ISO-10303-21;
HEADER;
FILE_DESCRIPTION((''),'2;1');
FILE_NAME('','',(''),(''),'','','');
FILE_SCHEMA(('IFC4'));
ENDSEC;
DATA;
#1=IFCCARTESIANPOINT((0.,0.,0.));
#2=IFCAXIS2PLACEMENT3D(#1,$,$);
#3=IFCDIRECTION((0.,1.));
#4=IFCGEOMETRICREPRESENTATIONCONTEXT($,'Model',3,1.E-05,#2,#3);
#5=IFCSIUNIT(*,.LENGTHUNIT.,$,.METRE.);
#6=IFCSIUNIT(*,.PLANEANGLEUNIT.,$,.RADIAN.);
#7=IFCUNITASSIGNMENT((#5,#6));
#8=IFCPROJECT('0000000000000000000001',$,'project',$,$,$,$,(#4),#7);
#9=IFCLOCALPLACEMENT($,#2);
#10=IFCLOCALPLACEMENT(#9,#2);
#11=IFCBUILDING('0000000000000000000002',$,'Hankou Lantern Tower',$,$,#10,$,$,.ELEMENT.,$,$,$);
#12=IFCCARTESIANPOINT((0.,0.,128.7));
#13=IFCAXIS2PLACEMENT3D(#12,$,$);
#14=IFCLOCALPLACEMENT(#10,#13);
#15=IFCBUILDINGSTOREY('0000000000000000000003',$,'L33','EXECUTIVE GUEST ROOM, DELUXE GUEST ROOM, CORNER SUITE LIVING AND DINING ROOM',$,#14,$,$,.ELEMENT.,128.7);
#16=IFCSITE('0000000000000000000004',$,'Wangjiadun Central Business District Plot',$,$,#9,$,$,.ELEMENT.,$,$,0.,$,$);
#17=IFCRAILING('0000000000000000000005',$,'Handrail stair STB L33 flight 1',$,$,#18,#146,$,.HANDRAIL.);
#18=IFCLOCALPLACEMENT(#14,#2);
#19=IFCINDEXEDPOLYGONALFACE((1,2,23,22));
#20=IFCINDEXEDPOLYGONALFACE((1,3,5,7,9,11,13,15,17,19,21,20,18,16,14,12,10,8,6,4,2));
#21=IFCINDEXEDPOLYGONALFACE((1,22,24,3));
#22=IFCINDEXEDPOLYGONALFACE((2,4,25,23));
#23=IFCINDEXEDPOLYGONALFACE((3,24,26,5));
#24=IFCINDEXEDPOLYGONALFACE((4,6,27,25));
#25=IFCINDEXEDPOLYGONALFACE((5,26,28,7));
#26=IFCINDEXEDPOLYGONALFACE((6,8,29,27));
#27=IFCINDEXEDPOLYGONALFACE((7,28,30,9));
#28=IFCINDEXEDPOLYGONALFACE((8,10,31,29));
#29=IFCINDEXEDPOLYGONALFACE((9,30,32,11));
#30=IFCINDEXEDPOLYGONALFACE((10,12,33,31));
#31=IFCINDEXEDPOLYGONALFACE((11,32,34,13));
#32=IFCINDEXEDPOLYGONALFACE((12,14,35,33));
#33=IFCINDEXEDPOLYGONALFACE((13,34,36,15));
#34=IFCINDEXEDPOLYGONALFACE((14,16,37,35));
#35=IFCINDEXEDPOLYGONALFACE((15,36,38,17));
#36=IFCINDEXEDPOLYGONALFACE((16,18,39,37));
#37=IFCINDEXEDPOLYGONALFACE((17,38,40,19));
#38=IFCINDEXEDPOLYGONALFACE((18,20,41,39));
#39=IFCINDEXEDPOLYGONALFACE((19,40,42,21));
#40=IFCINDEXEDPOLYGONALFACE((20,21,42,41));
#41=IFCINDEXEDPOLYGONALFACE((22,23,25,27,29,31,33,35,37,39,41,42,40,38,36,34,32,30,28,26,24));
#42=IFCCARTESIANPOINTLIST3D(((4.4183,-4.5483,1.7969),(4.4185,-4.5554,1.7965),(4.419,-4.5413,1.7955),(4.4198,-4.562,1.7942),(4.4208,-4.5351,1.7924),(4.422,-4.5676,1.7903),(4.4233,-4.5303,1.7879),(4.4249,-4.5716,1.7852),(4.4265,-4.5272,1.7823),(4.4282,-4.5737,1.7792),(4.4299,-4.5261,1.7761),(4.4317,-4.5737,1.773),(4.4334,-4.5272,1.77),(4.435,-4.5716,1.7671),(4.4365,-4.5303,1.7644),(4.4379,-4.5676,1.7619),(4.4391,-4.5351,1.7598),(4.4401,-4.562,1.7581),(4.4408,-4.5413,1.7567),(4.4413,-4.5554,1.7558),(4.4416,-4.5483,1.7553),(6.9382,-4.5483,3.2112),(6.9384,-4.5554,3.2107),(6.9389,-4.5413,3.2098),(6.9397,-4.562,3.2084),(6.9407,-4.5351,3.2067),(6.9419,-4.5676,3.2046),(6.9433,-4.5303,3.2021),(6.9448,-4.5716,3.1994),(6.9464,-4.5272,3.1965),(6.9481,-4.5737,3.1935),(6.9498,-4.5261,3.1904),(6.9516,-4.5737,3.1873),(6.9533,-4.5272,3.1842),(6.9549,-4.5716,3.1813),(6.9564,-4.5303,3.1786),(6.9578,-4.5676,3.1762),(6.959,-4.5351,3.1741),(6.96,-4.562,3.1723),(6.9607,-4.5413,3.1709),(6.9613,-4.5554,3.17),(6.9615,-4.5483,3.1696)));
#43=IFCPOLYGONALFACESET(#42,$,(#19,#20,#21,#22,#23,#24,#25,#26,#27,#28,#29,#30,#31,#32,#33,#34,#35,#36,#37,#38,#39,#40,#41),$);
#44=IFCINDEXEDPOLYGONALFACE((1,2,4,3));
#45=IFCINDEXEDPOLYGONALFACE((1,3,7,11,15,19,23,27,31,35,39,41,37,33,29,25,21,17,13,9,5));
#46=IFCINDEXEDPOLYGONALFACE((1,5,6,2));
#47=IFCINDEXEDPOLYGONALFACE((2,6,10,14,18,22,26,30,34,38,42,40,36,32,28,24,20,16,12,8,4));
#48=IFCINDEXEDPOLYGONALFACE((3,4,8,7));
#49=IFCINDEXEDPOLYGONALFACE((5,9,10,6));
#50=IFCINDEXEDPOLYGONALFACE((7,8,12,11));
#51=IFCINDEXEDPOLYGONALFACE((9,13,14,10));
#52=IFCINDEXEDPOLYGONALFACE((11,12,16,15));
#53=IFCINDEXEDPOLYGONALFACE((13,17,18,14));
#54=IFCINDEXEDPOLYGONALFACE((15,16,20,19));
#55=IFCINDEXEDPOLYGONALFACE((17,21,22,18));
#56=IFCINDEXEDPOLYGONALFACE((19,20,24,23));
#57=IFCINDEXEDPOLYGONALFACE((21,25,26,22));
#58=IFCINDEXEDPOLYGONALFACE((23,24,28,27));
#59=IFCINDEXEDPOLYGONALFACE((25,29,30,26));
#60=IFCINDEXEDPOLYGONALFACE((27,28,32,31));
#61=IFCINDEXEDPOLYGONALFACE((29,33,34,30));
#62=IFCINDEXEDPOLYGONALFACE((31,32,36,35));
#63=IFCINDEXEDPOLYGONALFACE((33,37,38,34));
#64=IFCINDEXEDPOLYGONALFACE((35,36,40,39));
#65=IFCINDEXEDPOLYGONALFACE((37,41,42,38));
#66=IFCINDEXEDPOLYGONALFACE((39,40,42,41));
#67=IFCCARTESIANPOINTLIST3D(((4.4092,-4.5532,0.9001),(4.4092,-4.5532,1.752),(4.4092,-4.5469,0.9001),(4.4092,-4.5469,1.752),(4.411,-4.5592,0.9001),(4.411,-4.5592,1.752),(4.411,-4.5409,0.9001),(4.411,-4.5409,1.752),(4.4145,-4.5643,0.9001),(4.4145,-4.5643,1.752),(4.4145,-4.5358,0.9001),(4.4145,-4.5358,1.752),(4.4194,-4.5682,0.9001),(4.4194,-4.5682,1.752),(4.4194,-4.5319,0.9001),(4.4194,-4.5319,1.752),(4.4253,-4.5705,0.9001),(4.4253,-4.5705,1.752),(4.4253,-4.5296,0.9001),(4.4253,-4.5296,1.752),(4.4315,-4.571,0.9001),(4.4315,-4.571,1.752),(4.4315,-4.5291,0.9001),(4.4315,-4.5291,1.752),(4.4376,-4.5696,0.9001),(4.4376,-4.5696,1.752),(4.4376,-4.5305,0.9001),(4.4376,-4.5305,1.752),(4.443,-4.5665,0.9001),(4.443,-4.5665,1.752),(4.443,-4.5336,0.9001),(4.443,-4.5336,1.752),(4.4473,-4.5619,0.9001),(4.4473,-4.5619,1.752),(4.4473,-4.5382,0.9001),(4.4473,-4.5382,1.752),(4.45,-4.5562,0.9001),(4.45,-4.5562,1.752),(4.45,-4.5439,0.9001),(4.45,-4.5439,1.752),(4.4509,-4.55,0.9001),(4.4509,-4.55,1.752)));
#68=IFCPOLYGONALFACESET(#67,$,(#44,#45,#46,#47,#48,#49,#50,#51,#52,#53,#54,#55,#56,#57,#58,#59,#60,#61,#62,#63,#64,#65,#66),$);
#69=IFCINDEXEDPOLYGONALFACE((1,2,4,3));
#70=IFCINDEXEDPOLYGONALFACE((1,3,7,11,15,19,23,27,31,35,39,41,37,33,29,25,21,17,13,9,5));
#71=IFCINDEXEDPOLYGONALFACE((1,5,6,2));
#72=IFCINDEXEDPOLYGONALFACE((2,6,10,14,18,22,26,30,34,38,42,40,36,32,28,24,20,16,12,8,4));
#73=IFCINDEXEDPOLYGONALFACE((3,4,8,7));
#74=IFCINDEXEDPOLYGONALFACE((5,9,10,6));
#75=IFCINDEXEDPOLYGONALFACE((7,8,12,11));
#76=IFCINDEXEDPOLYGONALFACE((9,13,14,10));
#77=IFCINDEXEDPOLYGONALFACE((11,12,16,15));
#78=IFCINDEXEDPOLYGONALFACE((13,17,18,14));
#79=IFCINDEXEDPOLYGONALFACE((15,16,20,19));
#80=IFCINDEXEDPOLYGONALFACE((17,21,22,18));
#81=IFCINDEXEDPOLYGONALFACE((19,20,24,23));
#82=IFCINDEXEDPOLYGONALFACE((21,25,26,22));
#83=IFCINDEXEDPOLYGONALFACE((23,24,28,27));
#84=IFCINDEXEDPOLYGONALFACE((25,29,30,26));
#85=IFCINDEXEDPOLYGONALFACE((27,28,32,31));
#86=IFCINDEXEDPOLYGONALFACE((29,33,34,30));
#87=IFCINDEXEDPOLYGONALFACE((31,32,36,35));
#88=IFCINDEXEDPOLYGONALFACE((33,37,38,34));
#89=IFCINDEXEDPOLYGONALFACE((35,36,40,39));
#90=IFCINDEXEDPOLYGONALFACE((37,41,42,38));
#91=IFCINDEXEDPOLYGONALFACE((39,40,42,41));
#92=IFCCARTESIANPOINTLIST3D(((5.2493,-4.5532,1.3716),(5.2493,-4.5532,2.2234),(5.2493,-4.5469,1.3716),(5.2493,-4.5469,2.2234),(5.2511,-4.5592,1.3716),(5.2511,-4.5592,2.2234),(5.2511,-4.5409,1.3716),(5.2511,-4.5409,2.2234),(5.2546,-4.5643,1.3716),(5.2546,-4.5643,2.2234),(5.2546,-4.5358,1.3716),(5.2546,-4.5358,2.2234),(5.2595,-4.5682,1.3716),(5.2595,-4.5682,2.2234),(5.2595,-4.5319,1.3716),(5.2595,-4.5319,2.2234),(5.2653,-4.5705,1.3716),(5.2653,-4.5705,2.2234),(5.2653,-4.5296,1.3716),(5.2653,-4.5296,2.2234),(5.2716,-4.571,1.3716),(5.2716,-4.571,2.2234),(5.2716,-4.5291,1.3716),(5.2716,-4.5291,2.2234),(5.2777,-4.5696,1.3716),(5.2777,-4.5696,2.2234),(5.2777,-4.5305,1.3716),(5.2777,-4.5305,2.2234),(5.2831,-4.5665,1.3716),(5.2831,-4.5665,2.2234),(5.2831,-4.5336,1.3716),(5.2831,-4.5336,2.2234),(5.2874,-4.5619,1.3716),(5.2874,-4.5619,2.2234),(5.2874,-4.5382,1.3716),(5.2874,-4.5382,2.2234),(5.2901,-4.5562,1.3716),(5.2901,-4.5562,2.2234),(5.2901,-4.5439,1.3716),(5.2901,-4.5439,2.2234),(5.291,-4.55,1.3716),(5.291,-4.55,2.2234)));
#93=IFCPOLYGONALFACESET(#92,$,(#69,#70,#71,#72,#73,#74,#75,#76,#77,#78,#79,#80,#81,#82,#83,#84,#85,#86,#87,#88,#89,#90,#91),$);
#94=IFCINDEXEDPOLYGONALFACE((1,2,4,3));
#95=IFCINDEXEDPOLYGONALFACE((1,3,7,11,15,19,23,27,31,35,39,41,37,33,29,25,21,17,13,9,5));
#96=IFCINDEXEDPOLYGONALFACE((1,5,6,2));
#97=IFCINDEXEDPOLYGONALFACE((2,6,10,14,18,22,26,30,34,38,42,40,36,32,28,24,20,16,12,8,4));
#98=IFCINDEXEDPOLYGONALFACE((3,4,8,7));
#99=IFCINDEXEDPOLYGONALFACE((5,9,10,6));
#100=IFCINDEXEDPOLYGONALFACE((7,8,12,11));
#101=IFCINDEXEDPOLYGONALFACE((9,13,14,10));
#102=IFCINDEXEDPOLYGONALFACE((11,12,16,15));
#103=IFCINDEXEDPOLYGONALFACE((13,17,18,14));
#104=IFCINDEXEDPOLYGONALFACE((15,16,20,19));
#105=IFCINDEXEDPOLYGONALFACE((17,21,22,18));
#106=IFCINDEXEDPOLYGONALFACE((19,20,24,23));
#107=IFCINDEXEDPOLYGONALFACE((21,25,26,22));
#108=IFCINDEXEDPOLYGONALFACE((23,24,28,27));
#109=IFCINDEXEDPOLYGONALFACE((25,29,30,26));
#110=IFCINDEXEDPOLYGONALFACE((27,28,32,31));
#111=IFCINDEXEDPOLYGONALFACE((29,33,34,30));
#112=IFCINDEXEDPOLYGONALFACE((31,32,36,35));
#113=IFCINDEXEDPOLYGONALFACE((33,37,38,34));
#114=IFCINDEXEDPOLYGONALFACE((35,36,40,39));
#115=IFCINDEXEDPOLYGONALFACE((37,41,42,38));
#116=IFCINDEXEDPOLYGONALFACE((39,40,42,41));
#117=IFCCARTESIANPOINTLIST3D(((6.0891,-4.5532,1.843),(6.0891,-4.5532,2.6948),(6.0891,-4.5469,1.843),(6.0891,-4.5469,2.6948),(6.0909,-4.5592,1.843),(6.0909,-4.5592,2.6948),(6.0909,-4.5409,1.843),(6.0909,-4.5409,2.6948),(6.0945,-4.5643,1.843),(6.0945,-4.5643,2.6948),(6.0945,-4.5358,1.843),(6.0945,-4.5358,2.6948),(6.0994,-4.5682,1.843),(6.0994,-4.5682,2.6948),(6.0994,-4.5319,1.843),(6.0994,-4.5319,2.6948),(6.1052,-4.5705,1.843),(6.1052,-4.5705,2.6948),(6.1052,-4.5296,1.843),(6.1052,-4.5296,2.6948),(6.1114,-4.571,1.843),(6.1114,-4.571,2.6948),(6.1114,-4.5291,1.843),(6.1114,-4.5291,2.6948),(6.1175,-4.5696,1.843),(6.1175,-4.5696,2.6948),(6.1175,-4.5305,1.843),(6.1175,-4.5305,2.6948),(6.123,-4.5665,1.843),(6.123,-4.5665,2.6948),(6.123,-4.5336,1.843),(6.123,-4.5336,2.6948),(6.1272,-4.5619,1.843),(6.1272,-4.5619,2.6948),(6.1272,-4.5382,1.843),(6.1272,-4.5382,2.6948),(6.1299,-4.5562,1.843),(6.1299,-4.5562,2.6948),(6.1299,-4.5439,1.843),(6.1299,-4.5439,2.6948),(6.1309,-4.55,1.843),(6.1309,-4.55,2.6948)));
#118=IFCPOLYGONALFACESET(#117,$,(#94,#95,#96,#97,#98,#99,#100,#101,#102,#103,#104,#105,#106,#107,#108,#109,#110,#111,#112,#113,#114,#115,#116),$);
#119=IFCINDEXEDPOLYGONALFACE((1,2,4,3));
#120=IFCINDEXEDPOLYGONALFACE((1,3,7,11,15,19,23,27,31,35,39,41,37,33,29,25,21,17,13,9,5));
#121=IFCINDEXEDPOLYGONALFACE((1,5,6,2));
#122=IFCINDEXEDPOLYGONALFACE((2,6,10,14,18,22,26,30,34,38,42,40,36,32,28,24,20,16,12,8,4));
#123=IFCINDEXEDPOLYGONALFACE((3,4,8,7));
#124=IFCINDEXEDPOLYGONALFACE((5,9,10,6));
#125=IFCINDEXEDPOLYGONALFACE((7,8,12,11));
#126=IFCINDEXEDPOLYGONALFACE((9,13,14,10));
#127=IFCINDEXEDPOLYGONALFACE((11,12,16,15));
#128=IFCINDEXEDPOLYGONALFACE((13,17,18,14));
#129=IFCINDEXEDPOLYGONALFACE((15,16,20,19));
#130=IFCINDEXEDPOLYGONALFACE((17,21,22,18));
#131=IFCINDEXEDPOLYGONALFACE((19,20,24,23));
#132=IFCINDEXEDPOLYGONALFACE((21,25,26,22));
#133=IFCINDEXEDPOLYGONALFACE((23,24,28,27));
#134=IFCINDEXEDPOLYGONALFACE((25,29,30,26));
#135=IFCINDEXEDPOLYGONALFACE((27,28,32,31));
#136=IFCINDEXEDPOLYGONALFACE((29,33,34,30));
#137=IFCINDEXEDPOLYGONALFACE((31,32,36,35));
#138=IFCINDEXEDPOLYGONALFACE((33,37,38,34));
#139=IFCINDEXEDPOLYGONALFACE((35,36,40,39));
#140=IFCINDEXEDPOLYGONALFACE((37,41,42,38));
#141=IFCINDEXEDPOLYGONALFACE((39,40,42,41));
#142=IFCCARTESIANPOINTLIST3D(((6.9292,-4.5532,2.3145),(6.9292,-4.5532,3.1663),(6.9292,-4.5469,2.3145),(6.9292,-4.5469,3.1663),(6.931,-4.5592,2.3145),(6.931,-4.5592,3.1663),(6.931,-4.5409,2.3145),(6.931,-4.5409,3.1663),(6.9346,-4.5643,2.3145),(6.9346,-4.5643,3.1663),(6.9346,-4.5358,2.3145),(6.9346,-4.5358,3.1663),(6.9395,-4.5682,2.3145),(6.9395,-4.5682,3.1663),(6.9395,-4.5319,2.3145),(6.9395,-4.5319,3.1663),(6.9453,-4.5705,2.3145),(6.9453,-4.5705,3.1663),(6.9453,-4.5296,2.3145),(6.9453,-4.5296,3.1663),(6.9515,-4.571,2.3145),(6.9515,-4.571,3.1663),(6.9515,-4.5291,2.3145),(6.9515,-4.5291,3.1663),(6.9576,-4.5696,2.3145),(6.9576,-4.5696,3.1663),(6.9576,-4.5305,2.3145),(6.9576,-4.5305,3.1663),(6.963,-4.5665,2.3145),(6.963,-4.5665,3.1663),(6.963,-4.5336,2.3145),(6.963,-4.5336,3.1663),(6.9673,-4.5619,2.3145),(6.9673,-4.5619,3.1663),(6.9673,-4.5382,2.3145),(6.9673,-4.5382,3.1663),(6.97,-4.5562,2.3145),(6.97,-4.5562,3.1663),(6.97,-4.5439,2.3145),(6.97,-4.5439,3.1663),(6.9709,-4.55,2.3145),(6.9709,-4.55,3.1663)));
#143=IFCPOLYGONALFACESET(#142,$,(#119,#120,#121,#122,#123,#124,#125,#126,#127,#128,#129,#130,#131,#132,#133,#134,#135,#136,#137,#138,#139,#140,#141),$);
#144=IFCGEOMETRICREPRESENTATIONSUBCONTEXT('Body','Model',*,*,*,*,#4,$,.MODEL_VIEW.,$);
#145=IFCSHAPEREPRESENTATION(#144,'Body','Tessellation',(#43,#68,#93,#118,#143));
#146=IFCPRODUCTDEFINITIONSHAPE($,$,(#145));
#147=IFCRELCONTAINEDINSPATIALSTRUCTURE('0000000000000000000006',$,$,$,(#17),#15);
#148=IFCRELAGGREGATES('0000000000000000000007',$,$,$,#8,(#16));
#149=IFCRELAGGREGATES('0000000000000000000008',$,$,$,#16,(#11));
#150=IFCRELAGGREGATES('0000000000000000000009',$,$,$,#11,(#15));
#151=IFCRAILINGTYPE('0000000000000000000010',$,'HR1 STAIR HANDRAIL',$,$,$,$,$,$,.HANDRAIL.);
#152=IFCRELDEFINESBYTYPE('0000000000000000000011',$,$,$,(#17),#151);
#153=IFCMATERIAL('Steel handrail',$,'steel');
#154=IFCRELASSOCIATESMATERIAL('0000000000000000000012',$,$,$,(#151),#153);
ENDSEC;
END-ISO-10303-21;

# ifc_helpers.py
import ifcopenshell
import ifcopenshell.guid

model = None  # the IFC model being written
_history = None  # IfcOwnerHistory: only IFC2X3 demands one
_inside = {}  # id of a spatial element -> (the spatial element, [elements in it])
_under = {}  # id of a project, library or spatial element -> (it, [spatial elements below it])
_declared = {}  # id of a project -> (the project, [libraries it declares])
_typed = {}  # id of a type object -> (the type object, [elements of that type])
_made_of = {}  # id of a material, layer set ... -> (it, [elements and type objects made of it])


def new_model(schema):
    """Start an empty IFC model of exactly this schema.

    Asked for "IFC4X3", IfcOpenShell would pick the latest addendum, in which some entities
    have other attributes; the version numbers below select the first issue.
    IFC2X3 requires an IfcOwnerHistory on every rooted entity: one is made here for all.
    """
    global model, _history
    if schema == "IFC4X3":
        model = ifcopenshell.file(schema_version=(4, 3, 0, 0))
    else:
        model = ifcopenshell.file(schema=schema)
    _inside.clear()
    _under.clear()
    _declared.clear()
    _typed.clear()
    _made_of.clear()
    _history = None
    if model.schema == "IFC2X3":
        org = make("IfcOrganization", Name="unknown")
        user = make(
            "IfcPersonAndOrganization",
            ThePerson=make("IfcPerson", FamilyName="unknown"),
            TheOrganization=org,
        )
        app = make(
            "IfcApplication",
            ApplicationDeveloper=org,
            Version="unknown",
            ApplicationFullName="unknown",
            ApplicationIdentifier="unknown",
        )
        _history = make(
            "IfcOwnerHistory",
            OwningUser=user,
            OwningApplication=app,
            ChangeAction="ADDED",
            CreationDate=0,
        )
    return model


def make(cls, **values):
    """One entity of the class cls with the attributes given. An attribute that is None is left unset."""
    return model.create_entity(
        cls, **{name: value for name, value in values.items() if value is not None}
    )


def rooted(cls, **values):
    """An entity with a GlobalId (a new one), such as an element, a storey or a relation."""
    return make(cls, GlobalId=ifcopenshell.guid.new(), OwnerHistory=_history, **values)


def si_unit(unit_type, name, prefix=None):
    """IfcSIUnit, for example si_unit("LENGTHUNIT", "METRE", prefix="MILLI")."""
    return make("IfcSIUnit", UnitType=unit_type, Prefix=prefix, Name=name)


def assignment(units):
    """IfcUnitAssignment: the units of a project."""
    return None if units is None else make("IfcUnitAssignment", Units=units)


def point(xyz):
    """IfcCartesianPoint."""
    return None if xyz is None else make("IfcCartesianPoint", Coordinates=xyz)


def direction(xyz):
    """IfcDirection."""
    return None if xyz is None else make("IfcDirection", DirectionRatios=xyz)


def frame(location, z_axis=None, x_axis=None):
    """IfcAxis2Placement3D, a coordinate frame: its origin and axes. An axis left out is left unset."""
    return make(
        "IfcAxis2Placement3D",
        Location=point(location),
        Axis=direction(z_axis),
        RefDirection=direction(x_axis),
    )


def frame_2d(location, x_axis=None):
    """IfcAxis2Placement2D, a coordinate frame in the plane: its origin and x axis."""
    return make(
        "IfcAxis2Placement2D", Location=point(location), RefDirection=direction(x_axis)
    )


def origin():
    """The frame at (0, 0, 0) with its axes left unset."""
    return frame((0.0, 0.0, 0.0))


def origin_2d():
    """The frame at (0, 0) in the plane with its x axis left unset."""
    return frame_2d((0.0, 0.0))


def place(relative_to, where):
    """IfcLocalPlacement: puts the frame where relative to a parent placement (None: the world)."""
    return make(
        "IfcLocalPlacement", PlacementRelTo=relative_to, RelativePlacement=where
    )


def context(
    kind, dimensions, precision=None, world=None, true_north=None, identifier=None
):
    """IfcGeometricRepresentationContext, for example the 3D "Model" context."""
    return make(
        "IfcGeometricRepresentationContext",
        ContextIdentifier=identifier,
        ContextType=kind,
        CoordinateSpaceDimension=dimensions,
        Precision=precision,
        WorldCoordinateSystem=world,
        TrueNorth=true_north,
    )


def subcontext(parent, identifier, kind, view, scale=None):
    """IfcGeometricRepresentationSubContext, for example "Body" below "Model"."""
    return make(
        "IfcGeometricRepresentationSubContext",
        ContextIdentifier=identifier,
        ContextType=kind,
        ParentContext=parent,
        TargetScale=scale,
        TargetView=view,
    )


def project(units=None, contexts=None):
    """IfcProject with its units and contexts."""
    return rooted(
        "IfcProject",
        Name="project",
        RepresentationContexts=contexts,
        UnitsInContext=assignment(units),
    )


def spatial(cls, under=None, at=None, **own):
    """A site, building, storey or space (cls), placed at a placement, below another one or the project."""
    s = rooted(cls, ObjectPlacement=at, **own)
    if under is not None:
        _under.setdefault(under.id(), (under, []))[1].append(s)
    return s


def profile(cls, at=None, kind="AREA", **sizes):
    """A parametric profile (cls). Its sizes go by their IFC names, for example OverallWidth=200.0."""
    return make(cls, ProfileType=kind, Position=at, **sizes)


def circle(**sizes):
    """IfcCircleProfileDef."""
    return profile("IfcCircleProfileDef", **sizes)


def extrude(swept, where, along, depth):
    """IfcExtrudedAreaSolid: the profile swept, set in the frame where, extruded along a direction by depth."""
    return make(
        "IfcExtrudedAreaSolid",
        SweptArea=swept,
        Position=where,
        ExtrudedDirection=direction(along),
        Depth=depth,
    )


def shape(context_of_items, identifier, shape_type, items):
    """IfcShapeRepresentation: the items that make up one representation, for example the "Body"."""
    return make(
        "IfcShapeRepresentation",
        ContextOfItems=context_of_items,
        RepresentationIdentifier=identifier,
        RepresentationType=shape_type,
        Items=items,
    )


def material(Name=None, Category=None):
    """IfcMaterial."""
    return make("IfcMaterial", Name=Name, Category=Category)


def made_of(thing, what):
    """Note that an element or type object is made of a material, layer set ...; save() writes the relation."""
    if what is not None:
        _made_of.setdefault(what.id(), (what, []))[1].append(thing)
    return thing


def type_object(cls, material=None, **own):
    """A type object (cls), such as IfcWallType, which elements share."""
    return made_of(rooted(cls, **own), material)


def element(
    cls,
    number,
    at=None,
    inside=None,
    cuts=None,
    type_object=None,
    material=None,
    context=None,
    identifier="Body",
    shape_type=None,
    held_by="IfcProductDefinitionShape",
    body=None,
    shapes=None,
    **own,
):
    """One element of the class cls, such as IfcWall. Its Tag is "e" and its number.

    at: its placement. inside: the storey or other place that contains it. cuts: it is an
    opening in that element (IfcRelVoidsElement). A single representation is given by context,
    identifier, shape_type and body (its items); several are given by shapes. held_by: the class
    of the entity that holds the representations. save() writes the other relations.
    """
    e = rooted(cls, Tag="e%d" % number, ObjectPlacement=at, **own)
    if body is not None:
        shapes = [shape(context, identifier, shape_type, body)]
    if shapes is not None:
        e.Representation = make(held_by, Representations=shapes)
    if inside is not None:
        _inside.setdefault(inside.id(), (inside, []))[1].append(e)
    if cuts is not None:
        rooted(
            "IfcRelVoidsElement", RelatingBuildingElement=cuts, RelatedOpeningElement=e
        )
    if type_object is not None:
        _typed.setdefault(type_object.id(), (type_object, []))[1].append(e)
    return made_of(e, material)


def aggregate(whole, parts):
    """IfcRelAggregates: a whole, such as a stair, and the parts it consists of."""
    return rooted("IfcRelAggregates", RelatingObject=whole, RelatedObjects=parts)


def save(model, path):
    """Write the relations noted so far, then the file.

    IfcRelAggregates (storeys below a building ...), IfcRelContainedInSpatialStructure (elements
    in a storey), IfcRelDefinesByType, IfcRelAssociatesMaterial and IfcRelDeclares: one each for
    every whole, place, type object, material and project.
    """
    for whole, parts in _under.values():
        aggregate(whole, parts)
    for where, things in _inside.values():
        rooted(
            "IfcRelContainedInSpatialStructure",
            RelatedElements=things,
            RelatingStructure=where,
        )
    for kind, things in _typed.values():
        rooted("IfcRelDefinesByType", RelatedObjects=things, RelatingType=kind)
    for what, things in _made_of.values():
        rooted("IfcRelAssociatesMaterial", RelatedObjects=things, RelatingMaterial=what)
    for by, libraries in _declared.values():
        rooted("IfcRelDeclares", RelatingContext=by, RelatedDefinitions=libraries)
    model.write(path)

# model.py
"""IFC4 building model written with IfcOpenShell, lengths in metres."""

from ifc_helpers import new_model, si_unit, direction, frame, origin, origin_2d, place, context, subcontext, project, spatial, circle, extrude, material, type_object, element, save


model = new_model("IFC4")

# Units and contexts
model_context = context("Model", 3, precision=1e-05, world=origin(), true_north=direction((0.0, 1.0)))
body_context = subcontext(model_context, "Body", "Model", "MODEL_VIEW")
ifc_project = project(units=[si_unit("LENGTHUNIT", "METRE"), si_unit("PLANEANGLEUNIT", "RADIAN")], contexts=[model_context])

# Site, building, storey
site_placement = place(None, origin())
site = spatial("IfcSite", under=ifc_project, at=site_placement, Name="Wangjiadun Central Business District Plot", CompositionType="ELEMENT", RefElevation=0.0)
building_placement = place(site_placement, origin())
building = spatial("IfcBuilding", under=site, at=building_placement, Name="Hankou Lantern Tower", CompositionType="ELEMENT")
storey_placement = place(building_placement, frame((0.0, 0.0, 128.7)))
storey = spatial("IfcBuildingStorey", under=building, at=storey_placement, Name="L33", Description="EXECUTIVE GUEST ROOM, DELUXE GUEST ROOM, CORNER SUITE LIVING AND DINING ROOM", CompositionType="ELEMENT", Elevation=128.7)

# Railing
ifc_material_1 = material(Name="Steel handrail", Category="steel")
railing_type = type_object("IfcRailingType", Name="HR1 STAIR HANDRAIL", PredefinedType="HANDRAIL", material=ifc_material_1)
railing_1_placement = place(storey_placement, frame((4.4299, -4.55, 0.9001)))
element("IfcRailing", 1, at=railing_1_placement, inside=storey, type_object=railing_type, Name="Handrail stair STB L33 flight 1", PredefinedType="HANDRAIL", context=body_context, shape_type="SweptSolid", body=[
    extrude(circle(Radius=0.0239, at=origin_2d()), frame((0.0, 0.0, 0.876), z_axis=(0.872049, 0.0, 0.489419), x_axis=(0.0, 1.0, 0.0)), (0.0, 0.0, 1.0), 2.8896),
    extrude(circle(Radius=0.021, at=origin_2d()), origin(), (0.0, 0.0, 1.0), 0.8518),
    extrude(circle(Radius=0.021, at=origin_2d()), frame((0.8401, 0.0, 0.4714)), (0.0, 0.0, 1.0), 0.8518),
    extrude(circle(Radius=0.021, at=origin_2d()), frame((1.6799, 0.0, 0.9429)), (0.0, 0.0, 1.0), 0.8518),
    extrude(circle(Radius=0.021, at=origin_2d()), frame((2.52, 0.0, 1.4143)), (0.0, 0.0, 1.0), 0.8518),
])

save(model, "model.ifc")
